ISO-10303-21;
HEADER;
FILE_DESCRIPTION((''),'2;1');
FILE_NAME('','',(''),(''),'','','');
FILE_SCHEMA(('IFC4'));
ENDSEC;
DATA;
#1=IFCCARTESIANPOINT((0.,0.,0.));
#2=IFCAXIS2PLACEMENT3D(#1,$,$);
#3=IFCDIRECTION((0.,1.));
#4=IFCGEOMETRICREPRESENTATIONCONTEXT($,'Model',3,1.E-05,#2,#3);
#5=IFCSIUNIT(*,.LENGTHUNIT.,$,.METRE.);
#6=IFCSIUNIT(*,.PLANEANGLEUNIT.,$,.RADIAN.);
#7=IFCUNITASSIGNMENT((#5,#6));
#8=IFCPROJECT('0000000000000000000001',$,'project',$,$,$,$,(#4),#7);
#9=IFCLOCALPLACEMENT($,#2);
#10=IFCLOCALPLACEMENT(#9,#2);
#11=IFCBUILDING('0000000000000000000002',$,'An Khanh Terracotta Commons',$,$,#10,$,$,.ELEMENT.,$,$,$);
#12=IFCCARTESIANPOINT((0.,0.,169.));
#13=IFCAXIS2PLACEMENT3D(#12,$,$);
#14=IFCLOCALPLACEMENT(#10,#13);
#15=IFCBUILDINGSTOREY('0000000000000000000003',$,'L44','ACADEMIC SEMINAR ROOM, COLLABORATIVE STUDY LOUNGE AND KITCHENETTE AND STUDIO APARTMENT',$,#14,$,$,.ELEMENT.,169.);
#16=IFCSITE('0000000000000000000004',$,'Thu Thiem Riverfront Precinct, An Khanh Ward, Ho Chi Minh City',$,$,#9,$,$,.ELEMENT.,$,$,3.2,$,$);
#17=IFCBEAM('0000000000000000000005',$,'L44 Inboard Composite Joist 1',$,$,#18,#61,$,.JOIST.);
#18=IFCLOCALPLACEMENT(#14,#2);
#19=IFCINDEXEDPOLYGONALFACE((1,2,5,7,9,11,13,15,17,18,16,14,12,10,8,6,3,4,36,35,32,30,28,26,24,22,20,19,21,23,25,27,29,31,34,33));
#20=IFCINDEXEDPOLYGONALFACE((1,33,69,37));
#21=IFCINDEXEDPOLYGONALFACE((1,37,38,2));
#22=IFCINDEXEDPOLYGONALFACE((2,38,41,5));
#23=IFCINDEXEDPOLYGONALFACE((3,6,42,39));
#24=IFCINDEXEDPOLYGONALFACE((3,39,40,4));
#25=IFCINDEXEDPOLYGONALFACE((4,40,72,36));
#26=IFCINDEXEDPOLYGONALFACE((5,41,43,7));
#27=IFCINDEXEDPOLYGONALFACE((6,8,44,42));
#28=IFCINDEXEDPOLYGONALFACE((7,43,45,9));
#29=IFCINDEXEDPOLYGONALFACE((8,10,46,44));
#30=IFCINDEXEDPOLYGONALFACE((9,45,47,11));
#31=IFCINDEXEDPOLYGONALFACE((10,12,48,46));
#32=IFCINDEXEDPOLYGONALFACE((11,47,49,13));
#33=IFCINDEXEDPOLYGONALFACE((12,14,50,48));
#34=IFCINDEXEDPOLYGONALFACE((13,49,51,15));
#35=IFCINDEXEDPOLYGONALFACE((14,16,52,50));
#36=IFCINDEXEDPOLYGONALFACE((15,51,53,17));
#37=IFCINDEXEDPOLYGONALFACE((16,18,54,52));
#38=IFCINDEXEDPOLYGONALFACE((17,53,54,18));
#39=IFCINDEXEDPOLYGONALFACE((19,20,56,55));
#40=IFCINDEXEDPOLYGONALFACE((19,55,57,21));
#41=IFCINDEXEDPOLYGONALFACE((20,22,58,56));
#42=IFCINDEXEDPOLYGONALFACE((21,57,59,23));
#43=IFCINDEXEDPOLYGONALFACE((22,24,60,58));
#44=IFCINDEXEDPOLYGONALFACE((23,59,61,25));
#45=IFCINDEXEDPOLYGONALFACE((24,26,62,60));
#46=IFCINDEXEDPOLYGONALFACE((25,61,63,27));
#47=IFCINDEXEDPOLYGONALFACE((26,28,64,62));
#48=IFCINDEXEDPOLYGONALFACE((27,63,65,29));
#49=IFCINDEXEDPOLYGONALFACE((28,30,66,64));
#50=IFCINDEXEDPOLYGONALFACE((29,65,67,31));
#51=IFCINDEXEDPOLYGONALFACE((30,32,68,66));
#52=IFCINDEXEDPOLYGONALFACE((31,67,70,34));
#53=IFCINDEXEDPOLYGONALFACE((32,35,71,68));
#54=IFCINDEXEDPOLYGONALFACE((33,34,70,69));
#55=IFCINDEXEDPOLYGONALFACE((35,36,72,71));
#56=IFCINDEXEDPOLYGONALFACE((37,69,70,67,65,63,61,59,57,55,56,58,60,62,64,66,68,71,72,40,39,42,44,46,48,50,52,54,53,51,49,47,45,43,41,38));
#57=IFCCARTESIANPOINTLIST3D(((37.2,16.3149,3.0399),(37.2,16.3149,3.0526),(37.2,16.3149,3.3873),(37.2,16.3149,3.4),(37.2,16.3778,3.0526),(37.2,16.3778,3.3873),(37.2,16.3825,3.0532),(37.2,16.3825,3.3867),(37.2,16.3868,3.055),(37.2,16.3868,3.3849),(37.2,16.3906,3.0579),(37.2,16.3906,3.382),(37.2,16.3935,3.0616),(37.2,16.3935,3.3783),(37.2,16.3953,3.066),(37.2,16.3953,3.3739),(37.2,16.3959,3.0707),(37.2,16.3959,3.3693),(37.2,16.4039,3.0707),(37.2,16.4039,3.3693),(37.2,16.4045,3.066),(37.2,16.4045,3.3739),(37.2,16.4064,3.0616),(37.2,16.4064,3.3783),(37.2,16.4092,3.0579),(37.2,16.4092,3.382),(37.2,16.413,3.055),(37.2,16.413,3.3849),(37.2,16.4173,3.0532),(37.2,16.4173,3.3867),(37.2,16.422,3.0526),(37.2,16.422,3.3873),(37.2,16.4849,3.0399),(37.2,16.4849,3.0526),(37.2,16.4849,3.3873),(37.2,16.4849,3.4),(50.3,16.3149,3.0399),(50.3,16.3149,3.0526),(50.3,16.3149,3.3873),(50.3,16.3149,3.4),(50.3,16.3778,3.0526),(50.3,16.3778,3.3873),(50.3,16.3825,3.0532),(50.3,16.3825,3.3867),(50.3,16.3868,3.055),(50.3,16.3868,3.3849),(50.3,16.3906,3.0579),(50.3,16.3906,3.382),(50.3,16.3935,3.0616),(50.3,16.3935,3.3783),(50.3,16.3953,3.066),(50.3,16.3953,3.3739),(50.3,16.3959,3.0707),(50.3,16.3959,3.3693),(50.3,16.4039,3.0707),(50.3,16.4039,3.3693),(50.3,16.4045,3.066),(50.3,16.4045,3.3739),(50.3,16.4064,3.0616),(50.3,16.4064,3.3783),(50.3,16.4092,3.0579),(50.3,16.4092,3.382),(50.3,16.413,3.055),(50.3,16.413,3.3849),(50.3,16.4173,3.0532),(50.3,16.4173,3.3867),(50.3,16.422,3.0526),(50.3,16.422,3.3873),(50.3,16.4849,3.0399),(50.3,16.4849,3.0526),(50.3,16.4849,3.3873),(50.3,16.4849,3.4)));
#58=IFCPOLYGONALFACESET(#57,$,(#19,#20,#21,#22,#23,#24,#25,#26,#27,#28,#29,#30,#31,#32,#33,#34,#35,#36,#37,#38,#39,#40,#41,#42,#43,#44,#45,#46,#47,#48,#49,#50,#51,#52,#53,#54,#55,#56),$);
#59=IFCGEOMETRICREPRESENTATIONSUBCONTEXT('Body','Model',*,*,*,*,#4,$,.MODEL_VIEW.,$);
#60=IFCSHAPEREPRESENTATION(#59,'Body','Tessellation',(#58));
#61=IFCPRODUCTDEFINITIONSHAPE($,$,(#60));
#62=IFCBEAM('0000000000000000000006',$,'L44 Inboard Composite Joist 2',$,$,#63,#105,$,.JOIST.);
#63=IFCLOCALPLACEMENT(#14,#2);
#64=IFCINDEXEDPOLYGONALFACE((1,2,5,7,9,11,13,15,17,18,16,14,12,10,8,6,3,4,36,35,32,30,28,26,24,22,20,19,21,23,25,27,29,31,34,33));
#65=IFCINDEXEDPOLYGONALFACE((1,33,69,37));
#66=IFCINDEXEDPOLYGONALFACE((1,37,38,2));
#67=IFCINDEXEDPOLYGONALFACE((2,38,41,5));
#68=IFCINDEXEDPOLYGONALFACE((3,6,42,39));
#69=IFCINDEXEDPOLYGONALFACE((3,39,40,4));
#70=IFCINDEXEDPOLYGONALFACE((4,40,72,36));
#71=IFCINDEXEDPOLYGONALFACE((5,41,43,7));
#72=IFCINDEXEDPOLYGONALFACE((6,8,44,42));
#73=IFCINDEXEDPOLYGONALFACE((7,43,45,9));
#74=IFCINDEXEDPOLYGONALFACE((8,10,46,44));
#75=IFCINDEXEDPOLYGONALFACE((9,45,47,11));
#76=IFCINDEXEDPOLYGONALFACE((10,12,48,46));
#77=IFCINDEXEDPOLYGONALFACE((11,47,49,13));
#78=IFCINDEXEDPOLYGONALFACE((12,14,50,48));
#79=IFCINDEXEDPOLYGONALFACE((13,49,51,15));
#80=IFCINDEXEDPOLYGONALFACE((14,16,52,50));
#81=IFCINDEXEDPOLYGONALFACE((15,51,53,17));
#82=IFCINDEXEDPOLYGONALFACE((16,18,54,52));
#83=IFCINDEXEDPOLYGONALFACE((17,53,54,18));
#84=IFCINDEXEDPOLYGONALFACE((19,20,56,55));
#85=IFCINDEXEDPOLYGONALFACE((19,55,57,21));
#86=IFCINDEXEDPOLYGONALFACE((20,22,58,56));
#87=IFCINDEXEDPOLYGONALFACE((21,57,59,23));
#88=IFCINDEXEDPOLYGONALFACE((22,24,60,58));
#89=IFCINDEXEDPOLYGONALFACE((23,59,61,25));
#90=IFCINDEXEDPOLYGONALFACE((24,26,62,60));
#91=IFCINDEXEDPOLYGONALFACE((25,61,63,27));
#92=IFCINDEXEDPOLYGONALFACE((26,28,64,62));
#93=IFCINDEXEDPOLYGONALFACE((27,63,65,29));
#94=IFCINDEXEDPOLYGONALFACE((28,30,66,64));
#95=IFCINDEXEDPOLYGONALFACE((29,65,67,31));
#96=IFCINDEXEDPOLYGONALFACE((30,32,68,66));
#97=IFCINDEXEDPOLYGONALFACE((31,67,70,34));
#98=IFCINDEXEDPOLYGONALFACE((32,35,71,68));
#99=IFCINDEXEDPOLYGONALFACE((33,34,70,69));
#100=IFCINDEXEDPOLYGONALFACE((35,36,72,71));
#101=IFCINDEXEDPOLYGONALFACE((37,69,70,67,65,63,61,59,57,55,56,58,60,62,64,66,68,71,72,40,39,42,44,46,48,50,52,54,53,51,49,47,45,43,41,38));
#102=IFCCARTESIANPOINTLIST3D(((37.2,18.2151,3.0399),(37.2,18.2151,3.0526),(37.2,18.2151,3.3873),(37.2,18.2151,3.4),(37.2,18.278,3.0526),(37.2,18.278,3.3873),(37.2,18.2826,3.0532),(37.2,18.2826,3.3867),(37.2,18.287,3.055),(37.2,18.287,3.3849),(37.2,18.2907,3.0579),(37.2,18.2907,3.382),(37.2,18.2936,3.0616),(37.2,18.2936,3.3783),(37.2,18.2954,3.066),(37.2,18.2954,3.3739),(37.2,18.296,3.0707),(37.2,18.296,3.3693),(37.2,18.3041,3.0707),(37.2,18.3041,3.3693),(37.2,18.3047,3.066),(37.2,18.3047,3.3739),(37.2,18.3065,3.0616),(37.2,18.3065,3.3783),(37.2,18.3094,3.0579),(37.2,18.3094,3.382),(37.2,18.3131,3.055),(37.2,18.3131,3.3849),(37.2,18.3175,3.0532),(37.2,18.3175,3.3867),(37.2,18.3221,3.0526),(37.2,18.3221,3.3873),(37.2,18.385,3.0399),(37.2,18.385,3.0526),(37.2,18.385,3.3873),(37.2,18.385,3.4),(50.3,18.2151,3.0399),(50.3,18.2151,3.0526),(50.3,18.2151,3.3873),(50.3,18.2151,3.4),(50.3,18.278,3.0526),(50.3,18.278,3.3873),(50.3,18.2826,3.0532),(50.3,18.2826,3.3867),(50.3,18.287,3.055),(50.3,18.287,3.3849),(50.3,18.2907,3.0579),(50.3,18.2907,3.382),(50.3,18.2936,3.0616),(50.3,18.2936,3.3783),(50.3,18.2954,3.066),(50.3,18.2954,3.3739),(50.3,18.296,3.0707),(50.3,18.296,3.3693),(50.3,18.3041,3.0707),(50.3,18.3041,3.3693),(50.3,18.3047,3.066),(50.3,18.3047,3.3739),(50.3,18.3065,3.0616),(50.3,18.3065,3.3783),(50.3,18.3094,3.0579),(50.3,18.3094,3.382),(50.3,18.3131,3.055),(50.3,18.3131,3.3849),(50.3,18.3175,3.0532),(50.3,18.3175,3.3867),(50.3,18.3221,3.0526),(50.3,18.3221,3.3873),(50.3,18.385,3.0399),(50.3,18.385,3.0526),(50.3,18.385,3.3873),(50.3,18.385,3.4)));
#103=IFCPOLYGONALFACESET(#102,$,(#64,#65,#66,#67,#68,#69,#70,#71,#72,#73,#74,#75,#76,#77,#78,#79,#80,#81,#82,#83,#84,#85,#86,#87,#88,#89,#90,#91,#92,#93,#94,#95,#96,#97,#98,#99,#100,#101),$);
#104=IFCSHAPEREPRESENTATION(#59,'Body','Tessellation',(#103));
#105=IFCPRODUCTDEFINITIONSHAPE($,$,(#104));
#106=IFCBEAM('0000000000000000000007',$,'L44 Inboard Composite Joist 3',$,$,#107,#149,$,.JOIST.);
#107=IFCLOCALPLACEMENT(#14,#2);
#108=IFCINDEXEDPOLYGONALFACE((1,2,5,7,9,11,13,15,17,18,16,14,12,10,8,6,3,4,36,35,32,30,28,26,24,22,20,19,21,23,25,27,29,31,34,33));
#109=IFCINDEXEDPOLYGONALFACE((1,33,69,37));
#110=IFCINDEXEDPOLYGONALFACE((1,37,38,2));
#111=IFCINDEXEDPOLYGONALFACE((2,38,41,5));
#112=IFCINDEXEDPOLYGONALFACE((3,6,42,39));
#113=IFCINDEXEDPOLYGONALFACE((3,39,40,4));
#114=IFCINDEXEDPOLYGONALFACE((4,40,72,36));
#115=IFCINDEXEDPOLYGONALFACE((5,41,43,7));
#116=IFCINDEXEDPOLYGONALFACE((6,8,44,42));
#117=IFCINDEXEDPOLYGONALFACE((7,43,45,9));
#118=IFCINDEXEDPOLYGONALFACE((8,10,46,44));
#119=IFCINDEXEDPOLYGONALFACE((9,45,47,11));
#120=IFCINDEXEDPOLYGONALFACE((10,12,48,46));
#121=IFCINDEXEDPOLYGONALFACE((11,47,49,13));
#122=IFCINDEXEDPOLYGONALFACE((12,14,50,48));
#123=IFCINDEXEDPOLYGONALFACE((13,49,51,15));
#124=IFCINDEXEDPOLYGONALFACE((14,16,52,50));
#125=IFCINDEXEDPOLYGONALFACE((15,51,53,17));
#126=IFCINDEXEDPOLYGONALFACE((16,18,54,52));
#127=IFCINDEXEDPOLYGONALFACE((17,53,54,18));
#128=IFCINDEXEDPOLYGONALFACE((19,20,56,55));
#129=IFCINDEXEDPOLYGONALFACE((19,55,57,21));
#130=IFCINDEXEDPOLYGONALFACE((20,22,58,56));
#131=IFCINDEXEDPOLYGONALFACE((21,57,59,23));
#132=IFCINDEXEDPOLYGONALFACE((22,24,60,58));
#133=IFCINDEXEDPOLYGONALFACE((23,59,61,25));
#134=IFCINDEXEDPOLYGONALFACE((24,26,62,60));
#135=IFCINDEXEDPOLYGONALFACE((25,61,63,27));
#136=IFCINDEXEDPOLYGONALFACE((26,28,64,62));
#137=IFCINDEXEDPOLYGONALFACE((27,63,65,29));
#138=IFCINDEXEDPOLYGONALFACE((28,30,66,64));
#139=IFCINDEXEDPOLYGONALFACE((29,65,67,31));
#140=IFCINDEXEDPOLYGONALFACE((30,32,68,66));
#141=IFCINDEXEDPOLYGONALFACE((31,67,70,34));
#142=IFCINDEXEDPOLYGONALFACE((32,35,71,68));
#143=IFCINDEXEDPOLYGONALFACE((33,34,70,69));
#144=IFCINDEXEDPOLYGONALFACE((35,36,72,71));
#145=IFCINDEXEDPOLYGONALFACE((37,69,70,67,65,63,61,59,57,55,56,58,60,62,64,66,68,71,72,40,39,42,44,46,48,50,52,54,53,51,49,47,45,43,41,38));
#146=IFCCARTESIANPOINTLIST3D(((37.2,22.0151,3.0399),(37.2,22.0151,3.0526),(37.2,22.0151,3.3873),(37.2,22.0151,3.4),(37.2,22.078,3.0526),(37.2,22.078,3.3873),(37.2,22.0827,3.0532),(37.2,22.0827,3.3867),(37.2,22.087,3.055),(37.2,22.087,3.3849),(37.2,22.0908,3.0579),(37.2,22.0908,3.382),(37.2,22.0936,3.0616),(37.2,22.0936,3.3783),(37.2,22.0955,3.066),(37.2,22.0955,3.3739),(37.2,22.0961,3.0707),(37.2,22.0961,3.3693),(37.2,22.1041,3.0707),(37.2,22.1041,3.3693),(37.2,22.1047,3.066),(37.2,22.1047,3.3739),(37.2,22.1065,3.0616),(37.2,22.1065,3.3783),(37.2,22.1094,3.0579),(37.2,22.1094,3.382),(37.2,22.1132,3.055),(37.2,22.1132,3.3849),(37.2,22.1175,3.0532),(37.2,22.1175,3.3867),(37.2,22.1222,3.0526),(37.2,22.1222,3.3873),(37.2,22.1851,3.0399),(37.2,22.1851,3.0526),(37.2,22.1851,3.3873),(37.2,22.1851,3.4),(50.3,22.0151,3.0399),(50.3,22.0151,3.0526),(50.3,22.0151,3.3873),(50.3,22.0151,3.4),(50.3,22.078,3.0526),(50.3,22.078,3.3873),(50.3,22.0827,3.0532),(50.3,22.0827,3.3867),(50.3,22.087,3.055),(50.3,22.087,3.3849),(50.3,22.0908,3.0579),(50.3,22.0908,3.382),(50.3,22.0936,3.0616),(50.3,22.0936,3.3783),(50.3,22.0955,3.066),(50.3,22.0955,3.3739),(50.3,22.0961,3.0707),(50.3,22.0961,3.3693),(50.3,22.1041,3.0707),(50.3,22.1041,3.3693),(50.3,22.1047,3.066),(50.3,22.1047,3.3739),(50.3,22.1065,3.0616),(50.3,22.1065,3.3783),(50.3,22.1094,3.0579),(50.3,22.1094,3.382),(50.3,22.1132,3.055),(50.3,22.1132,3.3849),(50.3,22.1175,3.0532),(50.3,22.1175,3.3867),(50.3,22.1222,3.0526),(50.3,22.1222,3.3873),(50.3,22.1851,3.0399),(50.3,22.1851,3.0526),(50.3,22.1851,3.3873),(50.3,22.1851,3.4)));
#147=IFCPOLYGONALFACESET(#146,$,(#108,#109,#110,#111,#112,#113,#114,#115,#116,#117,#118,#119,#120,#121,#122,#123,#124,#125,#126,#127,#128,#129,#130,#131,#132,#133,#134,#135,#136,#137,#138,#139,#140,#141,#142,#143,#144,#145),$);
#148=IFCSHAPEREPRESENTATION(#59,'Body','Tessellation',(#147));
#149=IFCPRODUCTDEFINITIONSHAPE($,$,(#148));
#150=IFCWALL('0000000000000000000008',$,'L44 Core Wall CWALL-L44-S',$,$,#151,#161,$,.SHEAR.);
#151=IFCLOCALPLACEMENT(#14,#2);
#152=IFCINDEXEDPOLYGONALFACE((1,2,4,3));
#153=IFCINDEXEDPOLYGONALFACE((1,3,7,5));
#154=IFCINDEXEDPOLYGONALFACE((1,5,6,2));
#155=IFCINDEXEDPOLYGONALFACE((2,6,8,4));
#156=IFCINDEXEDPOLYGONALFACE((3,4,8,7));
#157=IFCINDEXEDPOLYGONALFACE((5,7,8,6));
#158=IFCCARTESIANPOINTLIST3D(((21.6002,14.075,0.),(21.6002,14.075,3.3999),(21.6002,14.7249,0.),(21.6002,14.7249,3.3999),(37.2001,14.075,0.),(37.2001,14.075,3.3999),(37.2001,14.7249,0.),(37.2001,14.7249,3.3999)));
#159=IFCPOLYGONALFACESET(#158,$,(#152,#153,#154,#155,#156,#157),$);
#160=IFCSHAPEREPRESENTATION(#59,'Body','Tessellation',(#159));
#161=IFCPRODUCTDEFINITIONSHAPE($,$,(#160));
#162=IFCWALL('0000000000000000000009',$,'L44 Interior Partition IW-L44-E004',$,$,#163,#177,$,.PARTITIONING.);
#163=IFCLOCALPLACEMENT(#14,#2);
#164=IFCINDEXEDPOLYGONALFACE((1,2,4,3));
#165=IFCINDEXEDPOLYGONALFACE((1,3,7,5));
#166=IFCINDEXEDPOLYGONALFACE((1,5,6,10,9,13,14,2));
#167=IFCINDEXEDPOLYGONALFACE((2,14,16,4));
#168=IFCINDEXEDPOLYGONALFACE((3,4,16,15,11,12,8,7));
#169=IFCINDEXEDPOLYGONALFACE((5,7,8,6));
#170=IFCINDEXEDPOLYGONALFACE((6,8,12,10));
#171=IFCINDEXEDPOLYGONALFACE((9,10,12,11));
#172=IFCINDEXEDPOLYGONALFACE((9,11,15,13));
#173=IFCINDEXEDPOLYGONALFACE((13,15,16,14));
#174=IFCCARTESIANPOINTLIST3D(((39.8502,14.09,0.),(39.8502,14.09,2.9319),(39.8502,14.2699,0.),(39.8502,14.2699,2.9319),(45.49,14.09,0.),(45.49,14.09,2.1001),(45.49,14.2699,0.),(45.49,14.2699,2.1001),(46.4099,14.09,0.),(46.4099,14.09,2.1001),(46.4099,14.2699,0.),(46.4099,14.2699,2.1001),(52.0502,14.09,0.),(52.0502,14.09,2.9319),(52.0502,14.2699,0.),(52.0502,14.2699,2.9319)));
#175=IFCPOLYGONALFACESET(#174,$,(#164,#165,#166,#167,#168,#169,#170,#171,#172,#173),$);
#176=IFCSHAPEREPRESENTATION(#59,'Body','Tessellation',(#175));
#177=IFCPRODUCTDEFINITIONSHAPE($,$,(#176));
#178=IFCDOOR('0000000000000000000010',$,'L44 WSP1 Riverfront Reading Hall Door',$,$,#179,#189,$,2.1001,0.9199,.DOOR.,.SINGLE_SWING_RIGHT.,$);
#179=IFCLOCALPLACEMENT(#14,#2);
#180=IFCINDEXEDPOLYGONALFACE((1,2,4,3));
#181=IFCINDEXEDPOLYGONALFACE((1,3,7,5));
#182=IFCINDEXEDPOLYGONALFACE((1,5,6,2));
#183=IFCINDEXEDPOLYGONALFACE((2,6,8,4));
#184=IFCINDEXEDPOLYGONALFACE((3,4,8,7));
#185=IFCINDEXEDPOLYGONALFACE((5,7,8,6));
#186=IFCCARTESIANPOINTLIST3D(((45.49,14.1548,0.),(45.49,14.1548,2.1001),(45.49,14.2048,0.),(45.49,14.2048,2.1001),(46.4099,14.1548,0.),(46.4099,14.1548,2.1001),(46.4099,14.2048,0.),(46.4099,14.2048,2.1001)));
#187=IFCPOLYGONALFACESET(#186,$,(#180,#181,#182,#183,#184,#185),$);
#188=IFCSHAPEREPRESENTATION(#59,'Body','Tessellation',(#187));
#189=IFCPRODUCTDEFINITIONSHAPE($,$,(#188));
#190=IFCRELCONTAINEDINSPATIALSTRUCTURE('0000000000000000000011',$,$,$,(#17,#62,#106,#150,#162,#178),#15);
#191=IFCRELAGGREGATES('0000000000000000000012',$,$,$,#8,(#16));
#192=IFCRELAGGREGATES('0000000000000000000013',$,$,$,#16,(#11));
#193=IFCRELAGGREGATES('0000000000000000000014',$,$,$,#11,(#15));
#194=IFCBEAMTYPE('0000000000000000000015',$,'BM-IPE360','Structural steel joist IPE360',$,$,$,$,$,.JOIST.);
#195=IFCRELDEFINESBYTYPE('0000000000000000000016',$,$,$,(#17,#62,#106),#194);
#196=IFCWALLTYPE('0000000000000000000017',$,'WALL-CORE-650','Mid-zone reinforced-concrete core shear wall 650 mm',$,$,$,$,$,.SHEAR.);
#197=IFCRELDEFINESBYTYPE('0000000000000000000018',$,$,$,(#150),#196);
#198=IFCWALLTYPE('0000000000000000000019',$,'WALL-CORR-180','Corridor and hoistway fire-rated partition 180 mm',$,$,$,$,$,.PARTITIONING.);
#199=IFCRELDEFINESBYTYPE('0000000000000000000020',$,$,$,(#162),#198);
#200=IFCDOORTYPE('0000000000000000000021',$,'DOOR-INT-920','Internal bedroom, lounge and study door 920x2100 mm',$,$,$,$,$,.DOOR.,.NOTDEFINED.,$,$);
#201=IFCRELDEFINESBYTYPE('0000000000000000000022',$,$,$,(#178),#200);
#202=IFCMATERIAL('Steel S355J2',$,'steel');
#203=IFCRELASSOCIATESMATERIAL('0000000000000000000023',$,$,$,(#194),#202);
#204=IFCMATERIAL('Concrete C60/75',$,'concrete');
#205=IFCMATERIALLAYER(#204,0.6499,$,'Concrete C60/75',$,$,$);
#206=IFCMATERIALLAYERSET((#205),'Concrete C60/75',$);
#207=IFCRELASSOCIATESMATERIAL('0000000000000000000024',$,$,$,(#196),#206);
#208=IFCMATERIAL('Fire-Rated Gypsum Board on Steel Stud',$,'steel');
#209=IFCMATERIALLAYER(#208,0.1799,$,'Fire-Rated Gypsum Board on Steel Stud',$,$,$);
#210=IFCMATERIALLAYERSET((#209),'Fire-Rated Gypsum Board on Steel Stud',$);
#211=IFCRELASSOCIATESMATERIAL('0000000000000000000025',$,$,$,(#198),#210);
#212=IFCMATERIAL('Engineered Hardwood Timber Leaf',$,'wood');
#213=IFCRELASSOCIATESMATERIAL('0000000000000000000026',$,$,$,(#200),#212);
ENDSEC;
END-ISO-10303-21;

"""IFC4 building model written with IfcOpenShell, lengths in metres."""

from ifc_helpers import new_model, si_unit, direction, frame, frame_2d, origin, origin_2d, place, context, subcontext, project, spatial, rectangle, i_section, extrude, material, layer, layer_set, material_profile, profile_set, type_object, element, fill, save


model = new_model("IFC4")

# Units and contexts
model_context = context("Model", 3, precision=1e-05, world=origin(), true_north=direction((0.0, 1.0)))
body_context = subcontext(model_context, "Body", "Model", "MODEL_VIEW")
ifc_project = project(units=[si_unit("LENGTHUNIT", "METRE"), si_unit("PLANEANGLEUNIT", "RADIAN")], contexts=[model_context])

# Site, building, storey
site_placement = place(None, origin())
site = spatial("IfcSite", under=ifc_project, at=site_placement, Name="Thu Thiem Riverfront Precinct, An Khanh Ward, Ho Chi Minh City", CompositionType="ELEMENT", RefElevation=3.2)
building_placement = place(site_placement, origin())
building = spatial("IfcBuilding", under=site, at=building_placement, Name="An Khanh Terracotta Commons", CompositionType="ELEMENT")
storey_placement = place(building_placement, frame((0.0, 0.0, 169.0)))
storey = spatial("IfcBuildingStorey", under=building, at=storey_placement, Name="L44", Description="ACADEMIC SEMINAR ROOM, COLLABORATIVE STUDY LOUNGE AND KITCHENETTE AND STUDIO APARTMENT", CompositionType="ELEMENT", Elevation=169.0)

# Shared definitions
ifc_material_1 = material(Name="Concrete C60/75", Category="concrete")

# Beams
ifc_material_2 = material(Name="Steel S355J2", Category="steel")
ifc_material_profile_1 = material_profile(ifc_material_2, i_section(OverallWidth=0.1699, OverallDepth=0.3601, WebThickness=0.0081, FlangeThickness=0.0127, FilletRadius=0.0181, at=origin_2d()), Name="IPE360")
ifc_profile_set_1 = profile_set([ifc_material_profile_1], Name="Steel S355J2")
beam_type_1 = type_object("IfcBeamType", Name="BM-IPE360", Description="Structural steel joist IPE360", PredefinedType="JOIST", material=ifc_profile_set_1)
for number, where, z_axis, x_axis, name in (
    (1, (37.2, 16.3999, 3.22), (1.0, 0.0, 0.0), (0.0, 1.0, 0.0), "L44 Inboard Composite Joist 1"),
    (2, (37.2, 18.3, 3.22), (1.0, 0.0, 0.0), (0.0, 1.0, 0.0), "L44 Inboard Composite Joist 2"),
    (3, (37.2, 22.1001, 3.22), (1.0, 0.0, 0.0), (0.0, 1.0, 0.0), "L44 Inboard Composite Joist 3"),
):
    element("IfcBeam", number, at=place(storey_placement, frame(where, z_axis=z_axis, x_axis=x_axis)), inside=storey, type_object=beam_type_1, Name=name, PredefinedType="JOIST", context=body_context, shape_type="SweptSolid", body=[
        extrude(i_section(OverallWidth=0.1699, OverallDepth=0.3601, WebThickness=0.0081, FlangeThickness=0.0127, FilletRadius=0.0181, at=origin_2d()), origin(), (0.0, 0.0, 1.0), 13.1001),
    ])

# Wall
ifc_layer_1 = layer(ifc_material_1, 0.6499, Name="Concrete C60/75")
ifc_layer_set_1 = layer_set([ifc_layer_1], Name="Concrete C60/75")
wall_type_1 = type_object("IfcWallType", Name="WALL-CORE-650", Description="Mid-zone reinforced-concrete core shear wall 650 mm", PredefinedType="SHEAR", material=ifc_layer_set_1)
wall_1_placement = place(storey_placement, frame((37.2, 14.3999, 0.0), z_axis=(0.0, 0.0, 1.0), x_axis=(-1.0, 0.0, 0.0)))
element("IfcWall", 4, at=wall_1_placement, inside=storey, type_object=wall_type_1, Name="L44 Core Wall CWALL-L44-S", PredefinedType="SHEAR", context=body_context, shape_type="SweptSolid", body=[
    extrude(rectangle(XDim=15.5999, YDim=0.6499, at=frame_2d((7.7998, 0.0))), origin(), (0.0, 0.0, 1.0), 3.3999),
])

# Wall, opening, door
ifc_material_3 = material(Name="Fire-Rated Gypsum Board on Steel Stud", Category="steel")
ifc_layer_2 = layer(ifc_material_3, 0.1799, Name="Fire-Rated Gypsum Board on Steel Stud")
ifc_layer_set_2 = layer_set([ifc_layer_2], Name="Fire-Rated Gypsum Board on Steel Stud")
wall_type_2 = type_object("IfcWallType", Name="WALL-CORR-180", Description="Corridor and hoistway fire-rated partition 180 mm", PredefinedType="PARTITIONING", material=ifc_layer_set_2)
wall_2_placement = place(storey_placement, frame((39.8501, 14.1799, 0.0), z_axis=(0.0, 0.0, 1.0), x_axis=(1.0, 0.0, 0.0)))
wall_2 = element("IfcWall", 5, at=wall_2_placement, inside=storey, type_object=wall_type_2, Name="L44 Interior Partition IW-L44-E004", PredefinedType="PARTITIONING", context=body_context, shape_type="SweptSolid", body=[
    extrude(rectangle(XDim=12.2, YDim=0.1799, at=frame_2d((6.1001, 0.0))), origin(), (0.0, 0.0, 1.0), 2.9319),
])
opening_1_placement = place(wall_2_placement, frame((5.6399, 0.0, 0.0)))
opening_1 = element("IfcOpeningElement", 6, at=opening_1_placement, cuts=wall_2, PredefinedType="OPENING", context=body_context, shape_type="SweptSolid", body=[
    extrude(rectangle(XDim=0.9199, YDim=2.1001, at=frame_2d((0.46, 1.05))), frame((0.0, 0.0999, 0.0), z_axis=(0.0, -1.0, 0.0), x_axis=(1.0, 0.0, 0.0)), (0.0, 0.0, 1.0), 0.2),
])
ifc_material_4 = material(Name="Engineered Hardwood Timber Leaf", Category="wood")
door_type_1 = type_object("IfcDoorType", Name="DOOR-INT-920", Description="Internal bedroom, lounge and study door 920x2100 mm", OperationType="NOTDEFINED", PredefinedType="DOOR", material=ifc_material_4)
door_1_placement = place(opening_1_placement, origin())
door_1 = element("IfcDoor", 7, at=door_1_placement, inside=storey, type_object=door_type_1, Name="L44 WSP1 Riverfront Reading Hall Door", OperationType="SINGLE_SWING_RIGHT", OverallHeight=2.1001, OverallWidth=0.9199, PredefinedType="DOOR", context=body_context, shape_type="SweptSolid", body=[
    extrude(rectangle(XDim=0.9199, YDim=2.1001, at=frame_2d((0.46, 1.05))), frame((0.0, 0.0249, 0.0), z_axis=(0.0, -1.0, 0.0), x_axis=(1.0, 0.0, 0.0)), (0.0, 0.0, 1.0), 0.05),
])
fill(opening_1, door_1)

save(model, "model.ifc")
